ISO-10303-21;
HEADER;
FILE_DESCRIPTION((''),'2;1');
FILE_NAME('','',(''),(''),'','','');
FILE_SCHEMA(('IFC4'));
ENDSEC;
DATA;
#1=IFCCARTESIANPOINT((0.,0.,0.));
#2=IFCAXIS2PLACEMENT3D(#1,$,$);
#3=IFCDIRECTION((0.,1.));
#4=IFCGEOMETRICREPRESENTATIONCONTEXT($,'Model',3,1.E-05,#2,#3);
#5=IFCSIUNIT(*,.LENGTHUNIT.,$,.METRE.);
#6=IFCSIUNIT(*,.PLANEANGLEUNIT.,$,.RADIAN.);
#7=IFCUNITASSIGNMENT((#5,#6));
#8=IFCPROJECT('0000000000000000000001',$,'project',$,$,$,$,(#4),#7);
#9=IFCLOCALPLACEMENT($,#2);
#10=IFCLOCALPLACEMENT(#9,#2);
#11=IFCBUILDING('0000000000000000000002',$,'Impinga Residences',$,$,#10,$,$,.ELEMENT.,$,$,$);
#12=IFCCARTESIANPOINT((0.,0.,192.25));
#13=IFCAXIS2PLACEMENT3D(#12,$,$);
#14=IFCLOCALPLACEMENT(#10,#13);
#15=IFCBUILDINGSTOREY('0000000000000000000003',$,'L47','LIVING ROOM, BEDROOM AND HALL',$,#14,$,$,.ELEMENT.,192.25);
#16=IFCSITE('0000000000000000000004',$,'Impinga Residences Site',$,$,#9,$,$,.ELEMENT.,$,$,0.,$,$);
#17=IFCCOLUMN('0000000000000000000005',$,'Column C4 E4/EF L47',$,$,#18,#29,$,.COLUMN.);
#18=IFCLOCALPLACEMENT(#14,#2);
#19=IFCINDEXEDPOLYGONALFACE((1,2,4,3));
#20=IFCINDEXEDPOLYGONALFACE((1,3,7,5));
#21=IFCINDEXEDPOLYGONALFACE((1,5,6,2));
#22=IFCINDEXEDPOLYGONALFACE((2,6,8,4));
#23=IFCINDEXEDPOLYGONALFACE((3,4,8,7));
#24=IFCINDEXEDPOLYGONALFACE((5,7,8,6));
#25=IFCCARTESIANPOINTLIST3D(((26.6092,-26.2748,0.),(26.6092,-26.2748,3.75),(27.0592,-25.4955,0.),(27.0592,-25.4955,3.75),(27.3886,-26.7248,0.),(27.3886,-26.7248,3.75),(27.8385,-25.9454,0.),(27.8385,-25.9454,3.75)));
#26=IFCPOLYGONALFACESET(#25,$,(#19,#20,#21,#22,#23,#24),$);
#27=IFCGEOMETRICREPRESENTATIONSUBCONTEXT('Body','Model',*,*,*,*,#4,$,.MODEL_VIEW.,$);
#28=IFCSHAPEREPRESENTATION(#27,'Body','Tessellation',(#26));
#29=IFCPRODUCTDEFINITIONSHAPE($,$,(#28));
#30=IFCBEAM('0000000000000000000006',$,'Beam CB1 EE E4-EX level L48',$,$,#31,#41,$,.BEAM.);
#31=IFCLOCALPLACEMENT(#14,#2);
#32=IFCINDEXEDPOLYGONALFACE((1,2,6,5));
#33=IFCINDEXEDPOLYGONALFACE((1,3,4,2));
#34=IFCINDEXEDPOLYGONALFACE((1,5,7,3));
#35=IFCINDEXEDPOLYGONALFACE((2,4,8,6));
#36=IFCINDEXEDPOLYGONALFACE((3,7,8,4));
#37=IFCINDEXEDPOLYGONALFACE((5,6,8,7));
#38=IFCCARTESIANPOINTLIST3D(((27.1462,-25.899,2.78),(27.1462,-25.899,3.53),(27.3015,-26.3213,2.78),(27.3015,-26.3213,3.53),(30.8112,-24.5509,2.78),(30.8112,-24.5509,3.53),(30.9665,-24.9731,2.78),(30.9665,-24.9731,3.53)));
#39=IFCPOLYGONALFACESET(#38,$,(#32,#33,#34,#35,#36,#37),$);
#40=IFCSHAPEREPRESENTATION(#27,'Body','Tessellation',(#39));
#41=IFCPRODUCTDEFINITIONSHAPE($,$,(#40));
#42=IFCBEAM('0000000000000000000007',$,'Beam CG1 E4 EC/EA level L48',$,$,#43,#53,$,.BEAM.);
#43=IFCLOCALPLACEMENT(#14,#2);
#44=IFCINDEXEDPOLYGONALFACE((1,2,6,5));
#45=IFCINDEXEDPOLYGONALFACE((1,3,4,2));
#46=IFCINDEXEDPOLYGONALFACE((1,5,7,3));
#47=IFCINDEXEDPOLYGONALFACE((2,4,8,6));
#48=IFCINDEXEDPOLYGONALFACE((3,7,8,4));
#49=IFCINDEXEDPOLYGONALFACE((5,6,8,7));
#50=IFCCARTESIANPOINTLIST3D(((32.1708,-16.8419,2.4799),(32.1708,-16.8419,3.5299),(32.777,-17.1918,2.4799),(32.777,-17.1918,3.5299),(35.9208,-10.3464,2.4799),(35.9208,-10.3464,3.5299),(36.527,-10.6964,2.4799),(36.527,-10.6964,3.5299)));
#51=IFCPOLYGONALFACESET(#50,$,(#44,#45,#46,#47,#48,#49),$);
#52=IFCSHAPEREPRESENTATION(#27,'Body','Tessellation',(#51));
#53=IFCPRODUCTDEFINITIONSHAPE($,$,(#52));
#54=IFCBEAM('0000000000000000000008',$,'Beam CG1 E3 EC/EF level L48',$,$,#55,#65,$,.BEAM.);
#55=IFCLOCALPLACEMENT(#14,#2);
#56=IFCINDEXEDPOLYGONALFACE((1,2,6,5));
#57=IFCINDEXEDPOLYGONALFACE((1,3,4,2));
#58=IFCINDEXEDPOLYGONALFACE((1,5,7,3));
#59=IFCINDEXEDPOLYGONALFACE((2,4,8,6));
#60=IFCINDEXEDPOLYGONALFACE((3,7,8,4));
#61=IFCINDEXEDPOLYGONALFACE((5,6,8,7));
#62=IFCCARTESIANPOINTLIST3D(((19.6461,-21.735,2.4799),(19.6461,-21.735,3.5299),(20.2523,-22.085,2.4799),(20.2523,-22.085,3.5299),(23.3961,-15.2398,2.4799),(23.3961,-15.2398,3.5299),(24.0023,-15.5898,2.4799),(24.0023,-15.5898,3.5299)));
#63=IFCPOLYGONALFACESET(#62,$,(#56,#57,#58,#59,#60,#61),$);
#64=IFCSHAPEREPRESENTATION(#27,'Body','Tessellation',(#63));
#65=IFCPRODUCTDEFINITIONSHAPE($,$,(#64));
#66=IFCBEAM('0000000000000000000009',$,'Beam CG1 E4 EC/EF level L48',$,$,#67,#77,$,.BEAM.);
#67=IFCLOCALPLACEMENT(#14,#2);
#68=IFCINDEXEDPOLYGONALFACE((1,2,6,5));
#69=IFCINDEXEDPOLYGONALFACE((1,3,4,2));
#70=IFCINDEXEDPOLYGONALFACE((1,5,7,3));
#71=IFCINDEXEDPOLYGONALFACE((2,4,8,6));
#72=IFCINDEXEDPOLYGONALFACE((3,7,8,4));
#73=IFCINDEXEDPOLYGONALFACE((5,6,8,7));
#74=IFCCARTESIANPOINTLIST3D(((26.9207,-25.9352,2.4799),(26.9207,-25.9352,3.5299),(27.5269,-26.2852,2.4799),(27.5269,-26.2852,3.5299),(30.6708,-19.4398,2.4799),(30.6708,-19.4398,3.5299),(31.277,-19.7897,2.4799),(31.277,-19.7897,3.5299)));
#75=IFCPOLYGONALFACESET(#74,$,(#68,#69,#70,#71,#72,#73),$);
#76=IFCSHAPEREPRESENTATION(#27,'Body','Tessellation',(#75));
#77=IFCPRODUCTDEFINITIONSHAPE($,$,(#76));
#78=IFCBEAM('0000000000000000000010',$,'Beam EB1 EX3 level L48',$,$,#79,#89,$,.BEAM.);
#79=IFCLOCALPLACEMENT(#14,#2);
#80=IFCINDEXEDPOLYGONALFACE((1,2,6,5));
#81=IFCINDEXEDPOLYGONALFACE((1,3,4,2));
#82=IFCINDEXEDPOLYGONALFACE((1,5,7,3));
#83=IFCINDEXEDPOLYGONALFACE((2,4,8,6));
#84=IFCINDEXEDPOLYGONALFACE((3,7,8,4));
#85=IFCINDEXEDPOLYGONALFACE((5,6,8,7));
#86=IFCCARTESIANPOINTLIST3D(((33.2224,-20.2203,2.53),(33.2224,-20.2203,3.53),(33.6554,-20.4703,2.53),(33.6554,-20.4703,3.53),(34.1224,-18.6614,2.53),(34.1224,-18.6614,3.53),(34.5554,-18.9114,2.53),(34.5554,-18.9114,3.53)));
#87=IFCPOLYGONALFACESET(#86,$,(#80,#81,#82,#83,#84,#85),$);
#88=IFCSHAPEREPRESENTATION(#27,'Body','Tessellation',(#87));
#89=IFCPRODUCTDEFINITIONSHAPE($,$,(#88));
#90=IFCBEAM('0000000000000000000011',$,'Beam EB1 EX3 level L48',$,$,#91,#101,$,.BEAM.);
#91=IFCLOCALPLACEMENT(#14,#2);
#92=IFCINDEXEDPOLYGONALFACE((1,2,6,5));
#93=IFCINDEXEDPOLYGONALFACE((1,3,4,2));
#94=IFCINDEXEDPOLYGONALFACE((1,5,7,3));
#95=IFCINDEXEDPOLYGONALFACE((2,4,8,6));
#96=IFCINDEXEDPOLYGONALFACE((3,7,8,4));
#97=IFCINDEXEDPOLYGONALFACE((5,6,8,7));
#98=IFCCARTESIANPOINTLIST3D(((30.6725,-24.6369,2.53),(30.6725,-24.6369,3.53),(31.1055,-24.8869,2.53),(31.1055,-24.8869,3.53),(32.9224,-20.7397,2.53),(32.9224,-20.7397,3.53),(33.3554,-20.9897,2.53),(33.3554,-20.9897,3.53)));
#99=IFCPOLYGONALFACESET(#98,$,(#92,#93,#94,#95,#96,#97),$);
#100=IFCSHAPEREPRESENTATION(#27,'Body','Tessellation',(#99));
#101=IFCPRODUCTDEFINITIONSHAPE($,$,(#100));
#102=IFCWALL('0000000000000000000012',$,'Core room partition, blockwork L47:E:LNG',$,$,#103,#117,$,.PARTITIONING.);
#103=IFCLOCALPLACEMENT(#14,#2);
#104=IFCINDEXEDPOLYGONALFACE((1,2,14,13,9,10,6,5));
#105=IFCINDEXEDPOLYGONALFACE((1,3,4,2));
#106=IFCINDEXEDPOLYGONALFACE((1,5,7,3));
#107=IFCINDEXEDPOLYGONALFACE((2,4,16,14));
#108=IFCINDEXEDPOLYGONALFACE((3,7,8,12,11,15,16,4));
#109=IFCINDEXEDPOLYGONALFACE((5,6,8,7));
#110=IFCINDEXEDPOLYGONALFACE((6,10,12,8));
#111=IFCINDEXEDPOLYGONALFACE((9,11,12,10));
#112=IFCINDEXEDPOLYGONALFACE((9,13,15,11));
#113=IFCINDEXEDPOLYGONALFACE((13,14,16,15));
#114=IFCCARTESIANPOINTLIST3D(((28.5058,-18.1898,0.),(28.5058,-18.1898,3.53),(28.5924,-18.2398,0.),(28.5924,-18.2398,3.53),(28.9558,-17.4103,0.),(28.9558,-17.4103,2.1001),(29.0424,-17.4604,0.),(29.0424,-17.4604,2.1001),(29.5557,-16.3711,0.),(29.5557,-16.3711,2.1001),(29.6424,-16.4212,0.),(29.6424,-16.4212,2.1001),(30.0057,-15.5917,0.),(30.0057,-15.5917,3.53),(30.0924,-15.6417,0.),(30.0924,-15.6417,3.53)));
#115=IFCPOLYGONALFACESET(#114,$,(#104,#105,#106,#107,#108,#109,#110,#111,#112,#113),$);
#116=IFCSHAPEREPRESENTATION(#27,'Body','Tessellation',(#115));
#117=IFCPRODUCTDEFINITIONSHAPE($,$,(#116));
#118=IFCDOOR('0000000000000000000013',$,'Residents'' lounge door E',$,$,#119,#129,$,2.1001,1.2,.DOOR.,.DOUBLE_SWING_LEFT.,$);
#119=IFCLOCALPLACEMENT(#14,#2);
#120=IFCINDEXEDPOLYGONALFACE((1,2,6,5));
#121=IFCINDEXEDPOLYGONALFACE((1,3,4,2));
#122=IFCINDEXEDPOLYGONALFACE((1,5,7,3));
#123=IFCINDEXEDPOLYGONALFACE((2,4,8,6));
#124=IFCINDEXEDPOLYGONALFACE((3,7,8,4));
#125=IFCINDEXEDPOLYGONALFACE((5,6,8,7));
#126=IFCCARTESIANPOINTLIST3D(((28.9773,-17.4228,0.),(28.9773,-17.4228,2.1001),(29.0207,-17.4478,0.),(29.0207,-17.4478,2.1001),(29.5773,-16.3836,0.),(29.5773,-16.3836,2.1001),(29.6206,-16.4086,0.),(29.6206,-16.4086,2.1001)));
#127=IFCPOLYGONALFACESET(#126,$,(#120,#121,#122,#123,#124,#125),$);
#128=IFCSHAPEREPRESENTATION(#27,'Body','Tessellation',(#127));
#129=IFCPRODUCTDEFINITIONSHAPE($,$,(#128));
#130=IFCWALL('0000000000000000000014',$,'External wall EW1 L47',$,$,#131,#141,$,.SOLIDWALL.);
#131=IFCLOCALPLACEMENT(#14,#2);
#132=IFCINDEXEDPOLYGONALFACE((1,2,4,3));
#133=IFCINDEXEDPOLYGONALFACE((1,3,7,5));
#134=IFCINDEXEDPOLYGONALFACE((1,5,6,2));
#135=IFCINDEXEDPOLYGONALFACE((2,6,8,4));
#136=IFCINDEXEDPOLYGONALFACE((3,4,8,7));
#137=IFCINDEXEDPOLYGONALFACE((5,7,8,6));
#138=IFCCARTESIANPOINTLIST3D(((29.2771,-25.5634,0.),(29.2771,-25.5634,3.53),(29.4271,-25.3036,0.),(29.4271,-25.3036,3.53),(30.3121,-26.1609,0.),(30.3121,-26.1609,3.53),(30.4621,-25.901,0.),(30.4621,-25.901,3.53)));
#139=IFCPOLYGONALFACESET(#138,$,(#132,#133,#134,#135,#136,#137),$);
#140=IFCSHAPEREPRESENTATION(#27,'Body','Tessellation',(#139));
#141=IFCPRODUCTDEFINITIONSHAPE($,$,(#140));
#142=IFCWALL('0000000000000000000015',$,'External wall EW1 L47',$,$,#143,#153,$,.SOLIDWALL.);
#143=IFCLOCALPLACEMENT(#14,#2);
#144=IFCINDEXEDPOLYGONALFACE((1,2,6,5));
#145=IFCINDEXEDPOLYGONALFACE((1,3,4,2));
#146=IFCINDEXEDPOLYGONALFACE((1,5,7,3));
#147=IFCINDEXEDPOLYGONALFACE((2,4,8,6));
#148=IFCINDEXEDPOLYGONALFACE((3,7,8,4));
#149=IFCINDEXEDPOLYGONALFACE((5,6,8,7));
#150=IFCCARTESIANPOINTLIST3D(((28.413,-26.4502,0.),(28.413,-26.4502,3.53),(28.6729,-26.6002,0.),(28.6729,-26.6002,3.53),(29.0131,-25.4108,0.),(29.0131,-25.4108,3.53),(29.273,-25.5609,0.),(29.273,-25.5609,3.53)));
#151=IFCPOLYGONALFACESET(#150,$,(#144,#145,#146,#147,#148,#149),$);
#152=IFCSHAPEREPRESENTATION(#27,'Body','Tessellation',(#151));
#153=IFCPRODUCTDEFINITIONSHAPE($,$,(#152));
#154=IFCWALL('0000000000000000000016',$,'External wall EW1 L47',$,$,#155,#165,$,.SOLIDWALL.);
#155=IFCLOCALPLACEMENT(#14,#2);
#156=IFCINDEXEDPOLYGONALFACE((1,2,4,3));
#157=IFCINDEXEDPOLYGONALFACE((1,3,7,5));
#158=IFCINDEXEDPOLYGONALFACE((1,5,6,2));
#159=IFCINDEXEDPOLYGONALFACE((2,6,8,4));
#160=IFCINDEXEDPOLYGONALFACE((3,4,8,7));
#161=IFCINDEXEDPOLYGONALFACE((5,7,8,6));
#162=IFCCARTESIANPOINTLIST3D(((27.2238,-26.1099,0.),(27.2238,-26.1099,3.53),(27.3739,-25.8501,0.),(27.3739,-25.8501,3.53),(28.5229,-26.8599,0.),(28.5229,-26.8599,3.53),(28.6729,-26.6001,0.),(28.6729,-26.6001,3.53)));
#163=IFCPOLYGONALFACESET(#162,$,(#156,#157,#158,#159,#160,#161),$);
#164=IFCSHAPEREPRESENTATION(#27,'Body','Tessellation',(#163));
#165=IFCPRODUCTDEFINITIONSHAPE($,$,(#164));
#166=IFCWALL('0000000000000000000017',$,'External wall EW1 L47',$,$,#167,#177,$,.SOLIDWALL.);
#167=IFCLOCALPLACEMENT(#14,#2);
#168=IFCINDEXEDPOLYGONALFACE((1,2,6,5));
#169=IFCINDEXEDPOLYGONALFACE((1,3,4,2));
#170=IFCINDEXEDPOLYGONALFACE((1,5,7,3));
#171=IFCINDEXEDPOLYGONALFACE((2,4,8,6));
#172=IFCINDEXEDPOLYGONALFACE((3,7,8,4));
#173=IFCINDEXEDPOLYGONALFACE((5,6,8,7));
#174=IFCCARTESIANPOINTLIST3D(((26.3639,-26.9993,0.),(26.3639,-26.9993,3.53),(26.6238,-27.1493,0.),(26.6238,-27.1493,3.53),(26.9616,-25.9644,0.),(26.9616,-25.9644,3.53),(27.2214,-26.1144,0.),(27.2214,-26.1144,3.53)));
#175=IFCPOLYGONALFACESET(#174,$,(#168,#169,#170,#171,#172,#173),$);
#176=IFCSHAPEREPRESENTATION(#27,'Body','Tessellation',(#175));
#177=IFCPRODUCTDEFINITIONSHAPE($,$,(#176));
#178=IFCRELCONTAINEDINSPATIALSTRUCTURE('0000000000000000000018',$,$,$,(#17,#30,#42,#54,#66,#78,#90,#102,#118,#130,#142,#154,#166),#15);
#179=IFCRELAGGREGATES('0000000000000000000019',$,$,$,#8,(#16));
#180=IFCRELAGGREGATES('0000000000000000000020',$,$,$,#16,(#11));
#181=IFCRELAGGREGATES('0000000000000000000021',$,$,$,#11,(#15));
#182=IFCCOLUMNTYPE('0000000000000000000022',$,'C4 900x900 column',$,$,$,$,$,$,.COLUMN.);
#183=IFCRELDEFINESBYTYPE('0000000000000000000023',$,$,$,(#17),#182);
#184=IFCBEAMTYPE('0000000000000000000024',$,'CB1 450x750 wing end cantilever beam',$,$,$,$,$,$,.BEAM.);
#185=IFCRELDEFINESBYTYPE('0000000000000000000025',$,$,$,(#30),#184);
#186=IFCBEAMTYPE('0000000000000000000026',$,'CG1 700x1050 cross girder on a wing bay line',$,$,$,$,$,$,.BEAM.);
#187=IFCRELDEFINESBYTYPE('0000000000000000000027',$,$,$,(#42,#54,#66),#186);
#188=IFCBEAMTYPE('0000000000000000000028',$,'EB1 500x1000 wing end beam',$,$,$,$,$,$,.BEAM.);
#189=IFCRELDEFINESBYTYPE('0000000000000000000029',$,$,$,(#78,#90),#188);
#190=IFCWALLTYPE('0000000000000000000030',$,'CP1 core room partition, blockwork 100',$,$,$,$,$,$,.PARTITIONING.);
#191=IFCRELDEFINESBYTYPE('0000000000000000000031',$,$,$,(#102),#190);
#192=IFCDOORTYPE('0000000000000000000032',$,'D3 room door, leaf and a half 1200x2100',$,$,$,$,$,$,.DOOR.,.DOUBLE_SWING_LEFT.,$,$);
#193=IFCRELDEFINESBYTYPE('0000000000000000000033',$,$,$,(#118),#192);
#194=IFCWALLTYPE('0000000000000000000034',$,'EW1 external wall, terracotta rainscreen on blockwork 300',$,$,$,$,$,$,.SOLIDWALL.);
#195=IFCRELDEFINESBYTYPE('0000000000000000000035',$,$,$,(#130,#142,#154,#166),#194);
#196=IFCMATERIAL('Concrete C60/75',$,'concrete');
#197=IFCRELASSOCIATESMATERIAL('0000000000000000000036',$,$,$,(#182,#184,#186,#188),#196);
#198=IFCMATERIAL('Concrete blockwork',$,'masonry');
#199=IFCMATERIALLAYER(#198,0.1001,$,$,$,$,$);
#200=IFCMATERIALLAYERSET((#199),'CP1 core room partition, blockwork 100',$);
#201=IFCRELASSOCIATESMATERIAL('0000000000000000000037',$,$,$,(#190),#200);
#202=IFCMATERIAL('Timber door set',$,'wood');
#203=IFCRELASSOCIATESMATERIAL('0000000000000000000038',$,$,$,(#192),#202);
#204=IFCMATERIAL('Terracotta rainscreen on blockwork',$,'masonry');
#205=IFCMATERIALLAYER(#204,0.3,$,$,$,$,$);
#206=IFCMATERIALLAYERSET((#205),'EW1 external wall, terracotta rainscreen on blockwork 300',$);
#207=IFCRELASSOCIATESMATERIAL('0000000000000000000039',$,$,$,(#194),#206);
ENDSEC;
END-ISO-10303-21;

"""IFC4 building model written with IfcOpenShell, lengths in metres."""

from ifc_helpers import new_model, si_unit, direction, frame, frame_2d, origin, origin_2d, place, context, subcontext, project, spatial, rectangle, extrude, material, layer, layer_set, material_profile, profile_set, type_object, element, fill, save


model = new_model("IFC4")

# Units and contexts
model_context = context("Model", 3, precision=1e-05, world=origin(), true_north=direction((0.0, 1.0)))
body_context = subcontext(model_context, "Body", "Model", "MODEL_VIEW")
ifc_project = project(units=[si_unit("LENGTHUNIT", "METRE"), si_unit("PLANEANGLEUNIT", "RADIAN")], contexts=[model_context])

# Site, building, storey
site_placement = place(None, origin())
site = spatial("IfcSite", under=ifc_project, at=site_placement, Name="Impinga Residences Site", CompositionType="ELEMENT", RefElevation=0.0)
building_placement = place(site_placement, origin())
building = spatial("IfcBuilding", under=site, at=building_placement, Name="Impinga Residences", CompositionType="ELEMENT")
storey_placement = place(building_placement, frame((0.0, 0.0, 192.25)))
storey = spatial("IfcBuildingStorey", under=building, at=storey_placement, Name="L47", Description="LIVING ROOM, BEDROOM AND HALL", CompositionType="ELEMENT", Elevation=192.25)

# Column
ifc_material_1 = material(Name="Concrete C60/75", Category="concrete")
ifc_material_profile_1 = material_profile(ifc_material_1, rectangle(XDim=0.8999, YDim=0.8999, at=origin_2d()), Name="RC 900x900")
ifc_profile_set_1 = profile_set([ifc_material_profile_1], Name="Concrete C60/75")
column_type = type_object("IfcColumnType", Name="C4 900x900 column", PredefinedType="COLUMN", material=ifc_profile_set_1)
column_placement = place(storey_placement, frame((27.2239, -26.1101, 0.0), z_axis=(0.0, 0.0, 1.0), x_axis=(-0.5, -0.866025, 0.0)))
element("IfcColumn", 1, at=column_placement, inside=storey, type_object=column_type, Name="Column C4 E4/EF L47", PredefinedType="COLUMN", context=body_context, shape_type="SweptSolid", body=[
    extrude(rectangle(XDim=0.8999, YDim=0.8999, at=origin_2d()), origin(), (0.0, 0.0, 1.0), 3.75),
])

# Beams
ifc_material_profile_2 = material_profile(ifc_material_1, rectangle(XDim=0.45, YDim=0.75, at=origin_2d()), Name="RC 450x750")
ifc_profile_set_2 = profile_set([ifc_material_profile_2], Name="Concrete C60/75")
beam_type_1 = type_object("IfcBeamType", Name="CB1 450x750 wing end cantilever beam", PredefinedType="BEAM", material=ifc_profile_set_2)
beam_1_placement = place(storey_placement, frame((27.2239, -26.1101, 3.155), z_axis=(0.93852, 0.345224, 0.0), x_axis=(-0.345224, 0.93852, 0.0)))
element("IfcBeam", 2, at=beam_1_placement, inside=storey, type_object=beam_type_1, Name="Beam CB1 EE E4-EX level L48", PredefinedType="BEAM", context=body_context, shape_type="SweptSolid", body=[
    extrude(rectangle(XDim=0.45, YDim=0.75, at=origin_2d()), origin(), (0.0, 0.0, 1.0), 3.905),
])
ifc_material_profile_3 = material_profile(ifc_material_1, rectangle(XDim=0.7, YDim=1.05, at=origin_2d()), Name="RC 700x1050")
ifc_profile_set_3 = profile_set([ifc_material_profile_3], Name="Concrete C60/75")
beam_type_2 = type_object("IfcBeamType", Name="CG1 700x1050 cross girder on a wing bay line", PredefinedType="BEAM", material=ifc_profile_set_3)
beam_2_placement = place(storey_placement, frame((32.4739, -17.0168, 3.0049), z_axis=(0.49999, 0.866031, 0.0), x_axis=(-0.866031, 0.49999, 0.0)))
element("IfcBeam", 3, at=beam_2_placement, inside=storey, type_object=beam_type_2, Name="Beam CG1 E4 EC/EA level L48", PredefinedType="BEAM", context=body_context, shape_type="SweptSolid", body=[
    extrude(rectangle(XDim=0.7, YDim=1.05, at=origin_2d()), origin(), (0.0, 0.0, 1.0), 7.5002),
])
beam_3_placement = place(storey_placement, frame((23.6992, -15.4148, 3.0049), z_axis=(-0.500004, -0.866023, 0.0), x_axis=(0.866023, -0.500004, 0.0)))
element("IfcBeam", 4, at=beam_3_placement, inside=storey, type_object=beam_type_2, Name="Beam CG1 E3 EC/EF level L48", PredefinedType="BEAM", context=body_context, shape_type="SweptSolid", body=[
    extrude(rectangle(XDim=0.7, YDim=1.05, at=origin_2d()), origin(), (0.0, 0.0, 1.0), 7.5),
])
beam_4_placement = place(storey_placement, frame((30.9739, -19.6147, 3.0049), z_axis=(-0.49999, -0.866031, 0.0), x_axis=(0.866031, -0.49999, 0.0)))
element("IfcBeam", 5, at=beam_4_placement, inside=storey, type_object=beam_type_2, Name="Beam CG1 E4 EC/EF level L48", PredefinedType="BEAM", context=body_context, shape_type="SweptSolid", body=[
    extrude(rectangle(XDim=0.7, YDim=1.05, at=origin_2d()), origin(), (0.0, 0.0, 1.0), 7.5002),
])
ifc_material_profile_4 = material_profile(ifc_material_1, rectangle(XDim=0.5, YDim=1.0, at=origin_2d()), Name="RC 500x1000")
ifc_profile_set_4 = profile_set([ifc_material_profile_4], Name="Concrete C60/75")
beam_type_3 = type_object("IfcBeamType", Name="EB1 500x1000 wing end beam", PredefinedType="BEAM", material=ifc_profile_set_4)
beam_5_placement = place(storey_placement, frame((34.3389, -18.7864, 3.03), z_axis=(-0.499961, -0.866048, 0.0), x_axis=(0.866048, -0.499961, 0.0)))
element("IfcBeam", 6, at=beam_5_placement, inside=storey, type_object=beam_type_3, Name="Beam EB1 EX3 level L48", PredefinedType="BEAM", context=body_context, shape_type="SweptSolid", body=[
    extrude(rectangle(XDim=0.5, YDim=1.0, at=origin_2d()), origin(), (0.0, 0.0, 1.0), 1.8),
])
beam_6_placement = place(storey_placement, frame((33.1389, -20.8647, 3.03), z_axis=(-0.49999, -0.866031, 0.0), x_axis=(0.866031, -0.49999, 0.0)))
element("IfcBeam", 7, at=beam_6_placement, inside=storey, type_object=beam_type_3, Name="Beam EB1 EX3 level L48", PredefinedType="BEAM", context=body_context, shape_type="SweptSolid", body=[
    extrude(rectangle(XDim=0.5, YDim=1.0, at=origin_2d()), origin(), (0.0, 0.0, 1.0), 4.5),
])

# Wall, opening, door
ifc_material_2 = material(Name="Concrete blockwork", Category="masonry")
ifc_layer_1 = layer(ifc_material_2, 0.1001)
ifc_layer_set_1 = layer_set([ifc_layer_1], Name="CP1 core room partition, blockwork 100")
wall_type_1 = type_object("IfcWallType", Name="CP1 core room partition, blockwork 100", PredefinedType="PARTITIONING", material=ifc_layer_set_1)
wall_1_placement = place(storey_placement, frame((30.0491, -15.6167, 0.0), z_axis=(0.0, 0.0, 1.0), x_axis=(-0.49999, -0.866031, 0.0)))
wall_1 = element("IfcWall", 8, at=wall_1_placement, inside=storey, type_object=wall_type_1, Name="Core room partition, blockwork L47:E:LNG", PredefinedType="PARTITIONING", context=body_context, shape_type="SweptSolid", body=[
    extrude(rectangle(XDim=3.0, YDim=0.1001, at=frame_2d((1.5, 0.0))), origin(), (0.0, 0.0, 1.0), 3.53),
])
opening_1_placement = place(wall_1_placement, frame((0.8999, 0.0, 0.0)))
opening_1 = element("IfcOpeningElement", 9, at=opening_1_placement, cuts=wall_1, PredefinedType="OPENING", context=body_context, shape_type="SweptSolid", body=[
    extrude(rectangle(XDim=1.2, YDim=2.1001, at=frame_2d((0.6001, 1.05))), frame((0.0, 0.0601, 0.0), z_axis=(0.0, -1.0, 0.0), x_axis=(1.0, 0.0, 0.0)), (0.0, 0.0, 1.0), 0.1201),
])
ifc_material_3 = material(Name="Timber door set", Category="wood")
door_type_1 = type_object("IfcDoorType", Name="D3 room door, leaf and a half 1200x2100", OperationType="DOUBLE_SWING_LEFT", PredefinedType="DOOR", material=ifc_material_3)
door_1_placement = place(opening_1_placement, origin())
door_1 = element("IfcDoor", 10, at=door_1_placement, inside=storey, type_object=door_type_1, Name="Residents' lounge door E", OperationType="DOUBLE_SWING_LEFT", OverallHeight=2.1001, OverallWidth=1.2, PredefinedType="DOOR", context=body_context, shape_type="SweptSolid", body=[
    extrude(rectangle(XDim=1.2, YDim=2.1001, at=frame_2d((0.6001, 1.05))), frame((0.0, 0.0249, 0.0), z_axis=(0.0, -1.0, 0.0), x_axis=(1.0, 0.0, 0.0)), (0.0, 0.0, 1.0), 0.05),
])
fill(opening_1, door_1)

# Walls
ifc_material_4 = material(Name="Terracotta rainscreen on blockwork", Category="masonry")
ifc_layer_2 = layer(ifc_material_4, 0.3)
ifc_layer_set_2 = layer_set([ifc_layer_2], Name="EW1 external wall, terracotta rainscreen on blockwork 300")
wall_type_2 = type_object("IfcWallType", Name="EW1 external wall, terracotta rainscreen on blockwork 300", PredefinedType="SOLIDWALL", material=ifc_layer_set_2)
wall_2_placement = place(storey_placement, frame((30.3872, -26.031, 0.0), z_axis=(0.0, 0.0, 1.0), x_axis=(-0.86606, 0.499941, 0.0)))
element("IfcWall", 11, at=wall_2_placement, inside=storey, type_object=wall_type_2, Name="External wall EW1 L47", PredefinedType="SOLIDWALL", context=body_context, shape_type="SweptSolid", body=[
    extrude(rectangle(XDim=1.1951, YDim=0.3, at=frame_2d((0.5977, 0.0))), origin(), (0.0, 0.0, 1.0), 3.53),
])
wall_3_placement = place(storey_placement, frame((29.1431, -25.4858, 0.0), z_axis=(0.0, 0.0, 1.0), x_axis=(-0.500034, -0.866006, 0.0)))
element("IfcWall", 12, at=wall_3_placement, inside=storey, type_object=wall_type_2, Name="External wall EW1 L47", PredefinedType="SOLIDWALL", context=body_context, shape_type="SweptSolid", body=[
    extrude(rectangle(XDim=1.2002, YDim=0.3, at=frame_2d((0.6001, 0.0))), origin(), (0.0, 0.0, 1.0), 3.53),
])
wall_4_placement = place(storey_placement, frame((28.5979, -26.73, 0.0), z_axis=(0.0, 0.0, 1.0), x_axis=(-0.866031, 0.49999, 0.0)))
element("IfcWall", 13, at=wall_4_placement, inside=storey, type_object=wall_type_2, Name="External wall EW1 L47", PredefinedType="SOLIDWALL", context=body_context, shape_type="SweptSolid", body=[
    extrude(rectangle(XDim=1.5, YDim=0.3, at=frame_2d((0.75, 0.0))), origin(), (0.0, 0.0, 1.0), 3.53),
])
wall_5_placement = place(storey_placement, frame((27.0916, -26.0393, 0.0), z_axis=(0.0, 0.0, 1.0), x_axis=(-0.500094, -0.865971, 0.0)))
element("IfcWall", 14, at=wall_5_placement, inside=storey, type_object=wall_type_2, Name="External wall EW1 L47", PredefinedType="SOLIDWALL", context=body_context, shape_type="SweptSolid", body=[
    extrude(rectangle(XDim=1.1951, YDim=0.3, at=frame_2d((0.5977, 0.0))), origin(), (0.0, 0.0, 1.0), 3.53),
])

save(model, "model.ifc")
